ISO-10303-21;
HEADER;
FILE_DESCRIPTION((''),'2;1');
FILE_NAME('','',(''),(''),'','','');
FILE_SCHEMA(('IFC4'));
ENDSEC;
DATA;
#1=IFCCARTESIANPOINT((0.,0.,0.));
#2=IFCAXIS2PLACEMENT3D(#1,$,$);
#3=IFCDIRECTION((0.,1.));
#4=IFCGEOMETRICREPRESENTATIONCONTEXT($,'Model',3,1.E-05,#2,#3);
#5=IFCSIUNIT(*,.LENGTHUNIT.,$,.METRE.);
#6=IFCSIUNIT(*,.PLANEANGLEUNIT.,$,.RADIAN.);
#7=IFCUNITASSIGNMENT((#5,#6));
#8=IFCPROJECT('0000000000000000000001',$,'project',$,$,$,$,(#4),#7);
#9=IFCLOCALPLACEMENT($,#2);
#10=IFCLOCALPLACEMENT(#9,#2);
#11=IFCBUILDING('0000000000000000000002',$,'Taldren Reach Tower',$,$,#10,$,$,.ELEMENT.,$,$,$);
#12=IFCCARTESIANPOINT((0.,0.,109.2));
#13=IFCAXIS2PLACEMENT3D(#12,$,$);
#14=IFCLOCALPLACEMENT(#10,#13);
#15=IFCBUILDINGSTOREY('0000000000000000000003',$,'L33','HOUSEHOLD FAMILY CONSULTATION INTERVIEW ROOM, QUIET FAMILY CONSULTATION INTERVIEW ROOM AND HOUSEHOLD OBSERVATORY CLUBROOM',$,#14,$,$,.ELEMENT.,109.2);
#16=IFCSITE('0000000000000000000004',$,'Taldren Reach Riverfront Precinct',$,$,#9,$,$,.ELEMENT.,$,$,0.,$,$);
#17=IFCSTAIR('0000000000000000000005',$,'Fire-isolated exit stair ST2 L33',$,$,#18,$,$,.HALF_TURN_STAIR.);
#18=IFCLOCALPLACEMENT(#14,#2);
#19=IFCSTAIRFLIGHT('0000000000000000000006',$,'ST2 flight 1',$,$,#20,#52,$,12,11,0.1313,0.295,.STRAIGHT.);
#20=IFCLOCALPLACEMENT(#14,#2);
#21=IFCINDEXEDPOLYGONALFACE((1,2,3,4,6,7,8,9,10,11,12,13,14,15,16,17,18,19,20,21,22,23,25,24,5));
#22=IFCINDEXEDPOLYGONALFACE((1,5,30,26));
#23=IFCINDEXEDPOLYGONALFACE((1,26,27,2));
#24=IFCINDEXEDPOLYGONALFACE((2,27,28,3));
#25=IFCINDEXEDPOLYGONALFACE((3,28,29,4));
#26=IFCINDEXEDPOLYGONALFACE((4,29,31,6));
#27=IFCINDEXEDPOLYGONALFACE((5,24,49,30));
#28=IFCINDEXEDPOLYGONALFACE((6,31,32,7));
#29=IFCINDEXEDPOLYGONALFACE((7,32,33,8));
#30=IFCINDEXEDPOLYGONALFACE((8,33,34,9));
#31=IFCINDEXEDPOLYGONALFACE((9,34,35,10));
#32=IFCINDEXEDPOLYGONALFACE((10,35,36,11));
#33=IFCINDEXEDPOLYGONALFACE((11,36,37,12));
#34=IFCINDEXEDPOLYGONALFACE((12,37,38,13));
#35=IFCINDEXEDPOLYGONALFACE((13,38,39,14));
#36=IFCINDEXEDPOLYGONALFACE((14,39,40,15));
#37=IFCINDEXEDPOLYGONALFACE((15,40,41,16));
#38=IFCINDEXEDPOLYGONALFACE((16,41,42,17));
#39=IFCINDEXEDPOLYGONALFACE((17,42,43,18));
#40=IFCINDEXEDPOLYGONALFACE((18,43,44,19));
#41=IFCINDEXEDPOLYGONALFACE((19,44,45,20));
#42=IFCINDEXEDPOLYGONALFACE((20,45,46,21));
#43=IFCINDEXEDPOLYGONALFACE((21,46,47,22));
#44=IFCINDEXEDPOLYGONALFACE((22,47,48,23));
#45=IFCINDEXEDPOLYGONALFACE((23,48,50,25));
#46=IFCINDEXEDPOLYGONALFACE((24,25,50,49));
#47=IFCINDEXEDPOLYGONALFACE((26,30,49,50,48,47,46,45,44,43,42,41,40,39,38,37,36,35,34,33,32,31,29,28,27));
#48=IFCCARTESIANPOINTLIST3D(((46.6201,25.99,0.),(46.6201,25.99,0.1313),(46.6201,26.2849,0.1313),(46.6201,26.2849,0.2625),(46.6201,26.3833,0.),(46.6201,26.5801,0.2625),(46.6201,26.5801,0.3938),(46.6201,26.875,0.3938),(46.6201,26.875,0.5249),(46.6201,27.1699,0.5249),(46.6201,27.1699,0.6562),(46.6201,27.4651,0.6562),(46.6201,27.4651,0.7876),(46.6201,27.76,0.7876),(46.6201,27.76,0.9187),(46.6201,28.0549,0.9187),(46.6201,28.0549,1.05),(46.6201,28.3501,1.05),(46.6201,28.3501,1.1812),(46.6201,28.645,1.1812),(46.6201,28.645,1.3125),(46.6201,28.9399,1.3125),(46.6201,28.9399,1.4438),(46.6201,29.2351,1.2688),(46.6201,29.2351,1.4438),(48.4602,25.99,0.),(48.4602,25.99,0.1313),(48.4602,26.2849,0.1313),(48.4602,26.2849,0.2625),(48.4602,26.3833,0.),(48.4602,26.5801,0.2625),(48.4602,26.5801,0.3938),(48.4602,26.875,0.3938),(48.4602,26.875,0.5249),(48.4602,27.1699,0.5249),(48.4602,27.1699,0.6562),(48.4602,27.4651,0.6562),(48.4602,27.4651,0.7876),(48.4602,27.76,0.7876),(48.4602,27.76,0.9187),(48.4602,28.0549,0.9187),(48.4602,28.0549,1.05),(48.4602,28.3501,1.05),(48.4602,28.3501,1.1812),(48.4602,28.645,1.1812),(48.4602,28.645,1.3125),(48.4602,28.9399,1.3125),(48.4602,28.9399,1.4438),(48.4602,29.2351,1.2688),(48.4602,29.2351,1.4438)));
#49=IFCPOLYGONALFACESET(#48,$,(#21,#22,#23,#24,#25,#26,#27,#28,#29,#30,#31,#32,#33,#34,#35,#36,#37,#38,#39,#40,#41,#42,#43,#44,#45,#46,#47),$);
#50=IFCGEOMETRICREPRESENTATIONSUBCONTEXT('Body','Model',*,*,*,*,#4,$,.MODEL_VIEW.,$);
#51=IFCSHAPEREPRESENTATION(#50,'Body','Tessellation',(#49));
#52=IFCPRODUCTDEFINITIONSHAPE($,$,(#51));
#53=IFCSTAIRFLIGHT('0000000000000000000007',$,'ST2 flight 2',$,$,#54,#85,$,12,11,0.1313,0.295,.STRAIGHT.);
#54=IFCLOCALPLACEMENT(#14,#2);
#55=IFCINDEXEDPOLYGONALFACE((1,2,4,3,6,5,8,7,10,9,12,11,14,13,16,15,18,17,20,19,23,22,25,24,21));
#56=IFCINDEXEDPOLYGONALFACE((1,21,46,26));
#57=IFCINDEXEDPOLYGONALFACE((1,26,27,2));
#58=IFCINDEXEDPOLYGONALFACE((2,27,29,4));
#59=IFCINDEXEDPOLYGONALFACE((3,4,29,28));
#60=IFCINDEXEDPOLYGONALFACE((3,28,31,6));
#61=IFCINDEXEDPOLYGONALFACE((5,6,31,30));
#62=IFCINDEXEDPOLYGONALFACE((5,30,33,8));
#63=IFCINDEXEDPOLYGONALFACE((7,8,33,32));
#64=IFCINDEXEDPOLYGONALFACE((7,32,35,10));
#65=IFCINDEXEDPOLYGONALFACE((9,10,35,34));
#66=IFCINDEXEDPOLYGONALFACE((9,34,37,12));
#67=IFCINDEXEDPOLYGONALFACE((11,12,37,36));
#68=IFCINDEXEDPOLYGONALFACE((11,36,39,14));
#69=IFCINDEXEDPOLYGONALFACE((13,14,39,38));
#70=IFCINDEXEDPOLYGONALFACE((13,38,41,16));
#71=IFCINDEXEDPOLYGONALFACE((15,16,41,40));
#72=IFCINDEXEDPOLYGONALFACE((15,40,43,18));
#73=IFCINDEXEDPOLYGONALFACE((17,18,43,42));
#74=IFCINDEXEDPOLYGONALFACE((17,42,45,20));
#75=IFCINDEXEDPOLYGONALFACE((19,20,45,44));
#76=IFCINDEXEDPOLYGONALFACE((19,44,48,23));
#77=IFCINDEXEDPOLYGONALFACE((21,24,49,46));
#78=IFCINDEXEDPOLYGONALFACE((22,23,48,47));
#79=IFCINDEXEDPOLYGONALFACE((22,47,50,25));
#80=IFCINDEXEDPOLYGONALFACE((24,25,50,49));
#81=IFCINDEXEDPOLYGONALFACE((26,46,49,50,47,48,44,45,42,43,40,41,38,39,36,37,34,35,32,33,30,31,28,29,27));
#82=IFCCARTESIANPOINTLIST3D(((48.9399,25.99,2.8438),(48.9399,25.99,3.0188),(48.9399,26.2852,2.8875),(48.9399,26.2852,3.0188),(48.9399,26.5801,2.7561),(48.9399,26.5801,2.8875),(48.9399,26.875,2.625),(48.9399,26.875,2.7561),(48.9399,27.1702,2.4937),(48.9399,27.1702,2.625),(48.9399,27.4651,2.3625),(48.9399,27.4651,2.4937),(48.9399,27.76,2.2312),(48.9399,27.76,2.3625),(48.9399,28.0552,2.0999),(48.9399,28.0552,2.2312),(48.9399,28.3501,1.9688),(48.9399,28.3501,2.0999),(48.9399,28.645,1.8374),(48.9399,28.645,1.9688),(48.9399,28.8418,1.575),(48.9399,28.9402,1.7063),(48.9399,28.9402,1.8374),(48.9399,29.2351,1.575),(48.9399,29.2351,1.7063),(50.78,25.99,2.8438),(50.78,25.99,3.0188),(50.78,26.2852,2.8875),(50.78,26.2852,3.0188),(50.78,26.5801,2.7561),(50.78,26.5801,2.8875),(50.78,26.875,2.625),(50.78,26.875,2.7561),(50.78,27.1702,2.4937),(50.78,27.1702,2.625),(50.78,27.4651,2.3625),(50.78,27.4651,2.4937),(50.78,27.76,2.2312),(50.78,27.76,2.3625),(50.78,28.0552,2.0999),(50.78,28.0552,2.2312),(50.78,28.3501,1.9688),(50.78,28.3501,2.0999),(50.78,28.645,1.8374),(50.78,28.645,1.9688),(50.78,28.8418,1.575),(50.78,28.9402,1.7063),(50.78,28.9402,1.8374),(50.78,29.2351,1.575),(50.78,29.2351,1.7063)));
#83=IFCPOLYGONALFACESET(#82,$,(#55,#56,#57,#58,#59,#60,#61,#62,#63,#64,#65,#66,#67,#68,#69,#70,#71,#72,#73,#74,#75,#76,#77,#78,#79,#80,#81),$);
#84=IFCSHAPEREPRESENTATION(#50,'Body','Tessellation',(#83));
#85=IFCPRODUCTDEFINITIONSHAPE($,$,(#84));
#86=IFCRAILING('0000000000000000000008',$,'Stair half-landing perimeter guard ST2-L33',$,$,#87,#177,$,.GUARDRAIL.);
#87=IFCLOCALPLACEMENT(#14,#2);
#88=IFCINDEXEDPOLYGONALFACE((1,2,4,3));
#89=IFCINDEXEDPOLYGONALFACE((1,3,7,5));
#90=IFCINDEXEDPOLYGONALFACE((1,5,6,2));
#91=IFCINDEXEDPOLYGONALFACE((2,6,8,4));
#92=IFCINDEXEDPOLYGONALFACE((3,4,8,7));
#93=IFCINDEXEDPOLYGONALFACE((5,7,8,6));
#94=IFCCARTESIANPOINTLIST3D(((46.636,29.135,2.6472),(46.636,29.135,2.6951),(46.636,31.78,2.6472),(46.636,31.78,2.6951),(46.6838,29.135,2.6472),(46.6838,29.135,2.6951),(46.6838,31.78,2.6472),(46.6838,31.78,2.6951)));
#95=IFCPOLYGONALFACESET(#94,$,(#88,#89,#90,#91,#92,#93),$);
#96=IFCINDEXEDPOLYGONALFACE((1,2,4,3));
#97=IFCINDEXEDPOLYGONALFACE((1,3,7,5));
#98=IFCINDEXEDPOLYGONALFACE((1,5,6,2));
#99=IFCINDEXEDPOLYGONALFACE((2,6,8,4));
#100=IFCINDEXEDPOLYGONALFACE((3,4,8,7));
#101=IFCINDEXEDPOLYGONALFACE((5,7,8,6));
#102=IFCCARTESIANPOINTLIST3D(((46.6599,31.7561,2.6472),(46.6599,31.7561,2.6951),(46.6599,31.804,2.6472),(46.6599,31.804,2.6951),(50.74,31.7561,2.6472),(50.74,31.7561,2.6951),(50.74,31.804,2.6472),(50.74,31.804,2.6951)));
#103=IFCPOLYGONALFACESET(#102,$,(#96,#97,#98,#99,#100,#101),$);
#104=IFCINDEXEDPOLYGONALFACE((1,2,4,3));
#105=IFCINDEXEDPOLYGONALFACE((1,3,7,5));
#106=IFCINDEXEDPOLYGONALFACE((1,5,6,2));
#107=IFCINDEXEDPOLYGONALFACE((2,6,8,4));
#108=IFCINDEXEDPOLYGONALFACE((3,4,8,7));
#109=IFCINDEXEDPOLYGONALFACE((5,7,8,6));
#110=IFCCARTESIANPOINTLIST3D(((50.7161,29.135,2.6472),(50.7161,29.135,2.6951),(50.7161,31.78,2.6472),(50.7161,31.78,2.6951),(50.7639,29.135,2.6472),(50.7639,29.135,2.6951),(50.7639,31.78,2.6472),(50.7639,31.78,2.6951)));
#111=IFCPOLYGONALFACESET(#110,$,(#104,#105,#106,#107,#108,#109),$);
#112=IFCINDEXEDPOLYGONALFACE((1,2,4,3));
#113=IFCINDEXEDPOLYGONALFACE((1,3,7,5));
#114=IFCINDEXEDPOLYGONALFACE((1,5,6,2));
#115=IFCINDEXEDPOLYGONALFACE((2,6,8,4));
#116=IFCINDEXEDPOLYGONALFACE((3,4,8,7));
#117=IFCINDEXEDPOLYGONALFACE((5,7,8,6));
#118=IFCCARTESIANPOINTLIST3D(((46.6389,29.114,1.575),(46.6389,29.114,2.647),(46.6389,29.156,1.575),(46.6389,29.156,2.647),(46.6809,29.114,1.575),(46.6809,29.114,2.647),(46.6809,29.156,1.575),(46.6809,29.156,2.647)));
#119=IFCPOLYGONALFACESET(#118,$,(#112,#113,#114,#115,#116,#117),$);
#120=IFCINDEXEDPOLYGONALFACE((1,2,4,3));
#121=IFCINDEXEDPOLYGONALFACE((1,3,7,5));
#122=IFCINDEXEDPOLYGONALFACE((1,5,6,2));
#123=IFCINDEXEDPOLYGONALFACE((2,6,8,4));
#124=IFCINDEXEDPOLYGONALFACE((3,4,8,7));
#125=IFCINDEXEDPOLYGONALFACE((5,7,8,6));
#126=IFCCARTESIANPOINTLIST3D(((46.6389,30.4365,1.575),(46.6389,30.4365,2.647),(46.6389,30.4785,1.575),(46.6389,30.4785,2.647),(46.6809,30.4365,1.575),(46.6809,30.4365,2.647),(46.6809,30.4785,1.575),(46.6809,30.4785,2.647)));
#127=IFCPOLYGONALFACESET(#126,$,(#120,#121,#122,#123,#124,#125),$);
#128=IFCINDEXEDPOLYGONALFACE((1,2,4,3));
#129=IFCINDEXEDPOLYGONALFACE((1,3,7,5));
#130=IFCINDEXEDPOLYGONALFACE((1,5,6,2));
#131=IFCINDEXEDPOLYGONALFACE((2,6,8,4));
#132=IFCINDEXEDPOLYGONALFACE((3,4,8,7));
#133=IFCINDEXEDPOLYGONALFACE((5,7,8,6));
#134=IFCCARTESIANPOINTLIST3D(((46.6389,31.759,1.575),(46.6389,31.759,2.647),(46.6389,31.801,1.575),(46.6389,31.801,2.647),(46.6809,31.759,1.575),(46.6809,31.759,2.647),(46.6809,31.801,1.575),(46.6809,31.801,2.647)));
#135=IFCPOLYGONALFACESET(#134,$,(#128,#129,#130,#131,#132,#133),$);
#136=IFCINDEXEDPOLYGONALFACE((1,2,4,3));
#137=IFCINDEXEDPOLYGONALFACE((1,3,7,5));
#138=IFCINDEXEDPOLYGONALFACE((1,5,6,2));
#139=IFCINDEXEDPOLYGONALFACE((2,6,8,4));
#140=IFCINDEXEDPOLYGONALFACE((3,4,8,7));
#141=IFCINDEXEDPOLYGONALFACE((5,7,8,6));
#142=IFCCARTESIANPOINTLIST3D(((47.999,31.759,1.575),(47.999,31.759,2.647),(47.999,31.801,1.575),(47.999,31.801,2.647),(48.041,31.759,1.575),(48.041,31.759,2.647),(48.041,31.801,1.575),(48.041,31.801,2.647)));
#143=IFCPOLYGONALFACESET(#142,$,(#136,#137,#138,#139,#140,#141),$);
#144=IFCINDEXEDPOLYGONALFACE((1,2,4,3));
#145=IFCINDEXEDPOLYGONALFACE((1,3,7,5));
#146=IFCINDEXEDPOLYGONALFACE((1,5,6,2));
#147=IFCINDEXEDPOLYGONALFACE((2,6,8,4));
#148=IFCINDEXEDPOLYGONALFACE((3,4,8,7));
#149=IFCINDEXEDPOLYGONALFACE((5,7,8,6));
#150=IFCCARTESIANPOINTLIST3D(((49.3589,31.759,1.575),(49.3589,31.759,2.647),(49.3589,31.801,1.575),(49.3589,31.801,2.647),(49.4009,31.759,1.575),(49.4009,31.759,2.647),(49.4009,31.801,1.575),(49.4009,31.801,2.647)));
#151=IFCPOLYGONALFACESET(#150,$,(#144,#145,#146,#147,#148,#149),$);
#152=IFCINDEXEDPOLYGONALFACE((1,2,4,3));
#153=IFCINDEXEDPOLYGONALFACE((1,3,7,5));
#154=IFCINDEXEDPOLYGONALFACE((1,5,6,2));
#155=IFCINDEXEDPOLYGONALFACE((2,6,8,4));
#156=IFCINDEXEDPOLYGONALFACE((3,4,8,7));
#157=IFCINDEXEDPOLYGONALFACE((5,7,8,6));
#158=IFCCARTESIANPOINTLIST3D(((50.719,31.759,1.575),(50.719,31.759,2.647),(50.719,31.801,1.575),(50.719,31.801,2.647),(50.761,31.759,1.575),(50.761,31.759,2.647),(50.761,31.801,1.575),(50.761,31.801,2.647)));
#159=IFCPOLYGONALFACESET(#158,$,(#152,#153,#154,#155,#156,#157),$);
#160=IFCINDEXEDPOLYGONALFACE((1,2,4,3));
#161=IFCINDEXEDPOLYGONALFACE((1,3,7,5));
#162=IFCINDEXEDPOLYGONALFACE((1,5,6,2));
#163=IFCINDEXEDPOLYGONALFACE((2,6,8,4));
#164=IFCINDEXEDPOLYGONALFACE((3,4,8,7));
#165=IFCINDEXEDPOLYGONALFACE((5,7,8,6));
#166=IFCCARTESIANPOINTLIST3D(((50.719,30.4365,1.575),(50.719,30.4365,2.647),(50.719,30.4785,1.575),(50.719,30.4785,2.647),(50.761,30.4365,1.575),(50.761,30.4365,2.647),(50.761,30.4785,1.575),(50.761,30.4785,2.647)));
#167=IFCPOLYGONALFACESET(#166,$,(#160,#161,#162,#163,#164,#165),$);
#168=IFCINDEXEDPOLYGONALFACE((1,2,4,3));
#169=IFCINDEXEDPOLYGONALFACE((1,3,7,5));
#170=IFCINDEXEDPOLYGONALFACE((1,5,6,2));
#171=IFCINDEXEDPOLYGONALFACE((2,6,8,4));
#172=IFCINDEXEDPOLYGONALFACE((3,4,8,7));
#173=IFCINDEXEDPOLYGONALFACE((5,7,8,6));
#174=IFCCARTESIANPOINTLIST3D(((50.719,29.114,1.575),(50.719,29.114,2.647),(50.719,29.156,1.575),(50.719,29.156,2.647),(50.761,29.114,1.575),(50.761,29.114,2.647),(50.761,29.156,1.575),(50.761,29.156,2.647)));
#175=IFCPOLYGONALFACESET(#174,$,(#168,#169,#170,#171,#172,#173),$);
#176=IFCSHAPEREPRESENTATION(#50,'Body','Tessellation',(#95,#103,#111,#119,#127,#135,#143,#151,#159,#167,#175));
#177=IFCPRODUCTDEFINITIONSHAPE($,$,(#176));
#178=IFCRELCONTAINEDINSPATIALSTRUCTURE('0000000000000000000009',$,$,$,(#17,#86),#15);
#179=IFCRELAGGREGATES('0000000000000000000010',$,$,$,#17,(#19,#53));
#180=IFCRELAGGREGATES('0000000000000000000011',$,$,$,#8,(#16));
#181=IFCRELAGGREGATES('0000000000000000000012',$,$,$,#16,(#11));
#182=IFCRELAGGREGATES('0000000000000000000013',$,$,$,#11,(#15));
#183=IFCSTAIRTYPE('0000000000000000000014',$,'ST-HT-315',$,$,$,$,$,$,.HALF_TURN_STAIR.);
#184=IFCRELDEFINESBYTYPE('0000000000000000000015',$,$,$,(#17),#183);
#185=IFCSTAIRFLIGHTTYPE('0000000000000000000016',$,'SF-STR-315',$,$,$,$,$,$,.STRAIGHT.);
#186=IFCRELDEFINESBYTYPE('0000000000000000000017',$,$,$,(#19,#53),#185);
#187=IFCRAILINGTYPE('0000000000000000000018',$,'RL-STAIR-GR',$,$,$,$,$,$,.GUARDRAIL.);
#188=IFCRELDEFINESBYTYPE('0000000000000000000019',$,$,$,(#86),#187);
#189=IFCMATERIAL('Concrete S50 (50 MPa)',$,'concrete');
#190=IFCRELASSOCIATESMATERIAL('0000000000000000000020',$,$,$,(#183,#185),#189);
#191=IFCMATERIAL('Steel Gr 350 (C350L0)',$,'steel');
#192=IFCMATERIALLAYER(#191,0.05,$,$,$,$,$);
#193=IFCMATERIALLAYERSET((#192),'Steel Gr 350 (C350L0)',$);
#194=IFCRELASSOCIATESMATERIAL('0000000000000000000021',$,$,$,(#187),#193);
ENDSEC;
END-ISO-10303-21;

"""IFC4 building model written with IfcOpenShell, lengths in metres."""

from ifc_helpers import new_model, si_unit, direction, frame, origin, origin_2d, place, context, subcontext, project, spatial, polyline, rectangle, outline, extrude, material, layer, layer_set, type_object, element, aggregate, save


model = new_model("IFC4")

# Units and contexts
model_context = context("Model", 3, precision=1e-05, world=origin(), true_north=direction((0.0, 1.0)))
body_context = subcontext(model_context, "Body", "Model", "MODEL_VIEW")
ifc_project = project(units=[si_unit("LENGTHUNIT", "METRE"), si_unit("PLANEANGLEUNIT", "RADIAN")], contexts=[model_context])

# Site, building, storey
site_placement = place(None, origin())
site = spatial("IfcSite", under=ifc_project, at=site_placement, Name="Taldren Reach Riverfront Precinct", CompositionType="ELEMENT", RefElevation=0.0)
building_placement = place(site_placement, origin())
building = spatial("IfcBuilding", under=site, at=building_placement, Name="Taldren Reach Tower", CompositionType="ELEMENT")
storey_placement = place(building_placement, frame((0.0, 0.0, 109.2)))
storey = spatial("IfcBuildingStorey", under=building, at=storey_placement, Name="L33", Description="HOUSEHOLD FAMILY CONSULTATION INTERVIEW ROOM, QUIET FAMILY CONSULTATION INTERVIEW ROOM AND HOUSEHOLD OBSERVATORY CLUBROOM", CompositionType="ELEMENT", Elevation=109.2)

# Shared definitions
ifc_material_1 = material(Name="Concrete S50 (50 MPa)", Category="concrete")

# Stair, stair flights
stair_type = type_object("IfcStairType", Name="ST-HT-315", PredefinedType="HALF_TURN_STAIR", material=ifc_material_1)
stair_placement = place(storey_placement, origin())
stair = element("IfcStair", 1, at=stair_placement, inside=storey, type_object=stair_type, Name="Fire-isolated exit stair ST2 L33", PredefinedType="HALF_TURN_STAIR")
stair_flight_type = type_object("IfcStairFlightType", Name="SF-STR-315", PredefinedType="STRAIGHT", material=ifc_material_1)
stair_flight_1_placement = place(storey_placement, frame((47.54, 25.99, 0.0), z_axis=(0.0, 0.0, 1.0), x_axis=(0.0, 1.0, 0.0)))
stair_flight_1 = element("IfcStairFlight", 2, at=stair_flight_1_placement, type_object=stair_flight_type, Name="ST2 flight 1", NumberOfRisers=12, NumberOfTreads=11, PredefinedType="STRAIGHT", RiserHeight=0.1313, TreadLength=0.295, context=body_context, shape_type="SweptSolid", body=[
    extrude(outline(polyline([(0.0, 0.0), (0.0, 0.1313), (0.2949, 0.1313), (0.2949, 0.2625), (0.5901, 0.2625), (0.5901, 0.3938), (0.885, 0.3938), (0.885, 0.5249), (1.1799, 0.5249), (1.1799, 0.6562), (1.4751, 0.6562), (1.4751, 0.7876), (1.77, 0.7876), (1.77, 0.9187), (2.0649, 0.9187), (2.0649, 1.05), (2.3601, 1.05), (2.3601, 1.1812), (2.655, 1.1812), (2.655, 1.3125), (2.95, 1.3125), (2.95, 1.4438), (3.2451, 1.4438), (3.2451, 1.575), (3.2451, 1.2688), (0.3933, 0.0), (0.0, 0.0)])), frame((0.0, 0.9199, 0.0), z_axis=(0.0, -1.0, 0.0), x_axis=(1.0, 0.0, 0.0)), (0.0, 0.0, 1.0), 1.8401),
])
stair_flight_2_placement = place(storey_placement, frame((49.8601, 29.2351, 1.575), z_axis=(0.0, 0.0, 1.0), x_axis=(0.0, -1.0, 0.0)))
stair_flight_2 = element("IfcStairFlight", 3, at=stair_flight_2_placement, type_object=stair_flight_type, Name="ST2 flight 2", NumberOfRisers=12, NumberOfTreads=11, PredefinedType="STRAIGHT", RiserHeight=0.1313, TreadLength=0.295, context=body_context, shape_type="SweptSolid", body=[
    extrude(outline(polyline([(0.0, 0.0), (0.0, 0.1313), (0.2949, 0.1313), (0.2949, 0.2625), (0.5901, 0.2625), (0.5901, 0.3938), (0.885, 0.3938), (0.885, 0.5249), (1.1799, 0.5249), (1.1799, 0.6562), (1.4751, 0.6562), (1.4751, 0.7876), (1.77, 0.7876), (1.77, 0.9187), (2.0649, 0.9187), (2.0649, 1.05), (2.3601, 1.05), (2.3601, 1.1812), (2.655, 1.1812), (2.655, 1.3125), (2.95, 1.3125), (2.95, 1.4438), (3.2451, 1.4438), (3.2451, 1.575), (3.2451, 1.2688), (0.3933, 0.0), (0.0, 0.0)])), frame((0.0, 0.9199, 0.0), z_axis=(0.0, -1.0, 0.0), x_axis=(1.0, 0.0, 0.0)), (0.0, 0.0, 1.0), 1.8401),
])
aggregate(stair, [stair_flight_1, stair_flight_2])

# Railing
ifc_material_2 = material(Name="Steel Gr 350 (C350L0)", Category="steel")
ifc_layer_1 = layer(ifc_material_2, 0.05)
ifc_layer_set_1 = layer_set([ifc_layer_1], Name="Steel Gr 350 (C350L0)")
railing_type_1 = type_object("IfcRailingType", Name="RL-STAIR-GR", PredefinedType="GUARDRAIL", material=ifc_layer_set_1)
railing_1_placement = place(storey_placement, frame((46.6599, 29.135, 1.575)))
element("IfcRailing", 4, at=railing_1_placement, inside=storey, type_object=railing_type_1, Name="Stair half-landing perimeter guard ST2-L33", PredefinedType="GUARDRAIL", context=body_context, shape_type="SweptSolid", body=[
    extrude(rectangle(XDim=0.0479, YDim=0.0479, at=origin_2d()), frame((0.0, 0.0, 1.0962), z_axis=(0.0, 1.0, 0.0), x_axis=(-1.0, 0.0, 0.0)), (0.0, 0.0, 1.0), 2.645),
    extrude(rectangle(XDim=0.0479, YDim=0.0479, at=origin_2d()), frame((0.0, 2.645, 1.0962), z_axis=(1.0, 0.0, 0.0), x_axis=(0.0, 1.0, 0.0)), (0.0, 0.0, 1.0), 4.0801),
    extrude(rectangle(XDim=0.0479, YDim=0.0479, at=origin_2d()), frame((4.0801, 2.645, 1.0962), z_axis=(0.0, -1.0, 0.0), x_axis=(1.0, 0.0, 0.0)), (0.0, 0.0, 1.0), 2.645),
    extrude(rectangle(XDim=0.042, YDim=0.042, at=origin_2d()), origin(), (0.0, 0.0, 1.0), 1.072),
    extrude(rectangle(XDim=0.042, YDim=0.042, at=origin_2d()), frame((0.0, 1.3225, 0.0)), (0.0, 0.0, 1.0), 1.072),
    extrude(rectangle(XDim=0.042, YDim=0.042, at=origin_2d()), frame((0.0, 2.645, 0.0)), (0.0, 0.0, 1.0), 1.072),
    extrude(rectangle(XDim=0.042, YDim=0.042, at=origin_2d()), frame((1.3601, 2.645, 0.0)), (0.0, 0.0, 1.0), 1.072),
    extrude(rectangle(XDim=0.042, YDim=0.042, at=origin_2d()), frame((2.72, 2.645, 0.0)), (0.0, 0.0, 1.0), 1.072),
    extrude(rectangle(XDim=0.042, YDim=0.042, at=origin_2d()), frame((4.0801, 2.645, 0.0)), (0.0, 0.0, 1.0), 1.072),
    extrude(rectangle(XDim=0.042, YDim=0.042, at=origin_2d()), frame((4.0801, 1.3225, 0.0)), (0.0, 0.0, 1.0), 1.072),
    extrude(rectangle(XDim=0.042, YDim=0.042, at=origin_2d()), frame((4.0801, 0.0, 0.0)), (0.0, 0.0, 1.0), 1.072),
])

save(model, "model.ifc")
